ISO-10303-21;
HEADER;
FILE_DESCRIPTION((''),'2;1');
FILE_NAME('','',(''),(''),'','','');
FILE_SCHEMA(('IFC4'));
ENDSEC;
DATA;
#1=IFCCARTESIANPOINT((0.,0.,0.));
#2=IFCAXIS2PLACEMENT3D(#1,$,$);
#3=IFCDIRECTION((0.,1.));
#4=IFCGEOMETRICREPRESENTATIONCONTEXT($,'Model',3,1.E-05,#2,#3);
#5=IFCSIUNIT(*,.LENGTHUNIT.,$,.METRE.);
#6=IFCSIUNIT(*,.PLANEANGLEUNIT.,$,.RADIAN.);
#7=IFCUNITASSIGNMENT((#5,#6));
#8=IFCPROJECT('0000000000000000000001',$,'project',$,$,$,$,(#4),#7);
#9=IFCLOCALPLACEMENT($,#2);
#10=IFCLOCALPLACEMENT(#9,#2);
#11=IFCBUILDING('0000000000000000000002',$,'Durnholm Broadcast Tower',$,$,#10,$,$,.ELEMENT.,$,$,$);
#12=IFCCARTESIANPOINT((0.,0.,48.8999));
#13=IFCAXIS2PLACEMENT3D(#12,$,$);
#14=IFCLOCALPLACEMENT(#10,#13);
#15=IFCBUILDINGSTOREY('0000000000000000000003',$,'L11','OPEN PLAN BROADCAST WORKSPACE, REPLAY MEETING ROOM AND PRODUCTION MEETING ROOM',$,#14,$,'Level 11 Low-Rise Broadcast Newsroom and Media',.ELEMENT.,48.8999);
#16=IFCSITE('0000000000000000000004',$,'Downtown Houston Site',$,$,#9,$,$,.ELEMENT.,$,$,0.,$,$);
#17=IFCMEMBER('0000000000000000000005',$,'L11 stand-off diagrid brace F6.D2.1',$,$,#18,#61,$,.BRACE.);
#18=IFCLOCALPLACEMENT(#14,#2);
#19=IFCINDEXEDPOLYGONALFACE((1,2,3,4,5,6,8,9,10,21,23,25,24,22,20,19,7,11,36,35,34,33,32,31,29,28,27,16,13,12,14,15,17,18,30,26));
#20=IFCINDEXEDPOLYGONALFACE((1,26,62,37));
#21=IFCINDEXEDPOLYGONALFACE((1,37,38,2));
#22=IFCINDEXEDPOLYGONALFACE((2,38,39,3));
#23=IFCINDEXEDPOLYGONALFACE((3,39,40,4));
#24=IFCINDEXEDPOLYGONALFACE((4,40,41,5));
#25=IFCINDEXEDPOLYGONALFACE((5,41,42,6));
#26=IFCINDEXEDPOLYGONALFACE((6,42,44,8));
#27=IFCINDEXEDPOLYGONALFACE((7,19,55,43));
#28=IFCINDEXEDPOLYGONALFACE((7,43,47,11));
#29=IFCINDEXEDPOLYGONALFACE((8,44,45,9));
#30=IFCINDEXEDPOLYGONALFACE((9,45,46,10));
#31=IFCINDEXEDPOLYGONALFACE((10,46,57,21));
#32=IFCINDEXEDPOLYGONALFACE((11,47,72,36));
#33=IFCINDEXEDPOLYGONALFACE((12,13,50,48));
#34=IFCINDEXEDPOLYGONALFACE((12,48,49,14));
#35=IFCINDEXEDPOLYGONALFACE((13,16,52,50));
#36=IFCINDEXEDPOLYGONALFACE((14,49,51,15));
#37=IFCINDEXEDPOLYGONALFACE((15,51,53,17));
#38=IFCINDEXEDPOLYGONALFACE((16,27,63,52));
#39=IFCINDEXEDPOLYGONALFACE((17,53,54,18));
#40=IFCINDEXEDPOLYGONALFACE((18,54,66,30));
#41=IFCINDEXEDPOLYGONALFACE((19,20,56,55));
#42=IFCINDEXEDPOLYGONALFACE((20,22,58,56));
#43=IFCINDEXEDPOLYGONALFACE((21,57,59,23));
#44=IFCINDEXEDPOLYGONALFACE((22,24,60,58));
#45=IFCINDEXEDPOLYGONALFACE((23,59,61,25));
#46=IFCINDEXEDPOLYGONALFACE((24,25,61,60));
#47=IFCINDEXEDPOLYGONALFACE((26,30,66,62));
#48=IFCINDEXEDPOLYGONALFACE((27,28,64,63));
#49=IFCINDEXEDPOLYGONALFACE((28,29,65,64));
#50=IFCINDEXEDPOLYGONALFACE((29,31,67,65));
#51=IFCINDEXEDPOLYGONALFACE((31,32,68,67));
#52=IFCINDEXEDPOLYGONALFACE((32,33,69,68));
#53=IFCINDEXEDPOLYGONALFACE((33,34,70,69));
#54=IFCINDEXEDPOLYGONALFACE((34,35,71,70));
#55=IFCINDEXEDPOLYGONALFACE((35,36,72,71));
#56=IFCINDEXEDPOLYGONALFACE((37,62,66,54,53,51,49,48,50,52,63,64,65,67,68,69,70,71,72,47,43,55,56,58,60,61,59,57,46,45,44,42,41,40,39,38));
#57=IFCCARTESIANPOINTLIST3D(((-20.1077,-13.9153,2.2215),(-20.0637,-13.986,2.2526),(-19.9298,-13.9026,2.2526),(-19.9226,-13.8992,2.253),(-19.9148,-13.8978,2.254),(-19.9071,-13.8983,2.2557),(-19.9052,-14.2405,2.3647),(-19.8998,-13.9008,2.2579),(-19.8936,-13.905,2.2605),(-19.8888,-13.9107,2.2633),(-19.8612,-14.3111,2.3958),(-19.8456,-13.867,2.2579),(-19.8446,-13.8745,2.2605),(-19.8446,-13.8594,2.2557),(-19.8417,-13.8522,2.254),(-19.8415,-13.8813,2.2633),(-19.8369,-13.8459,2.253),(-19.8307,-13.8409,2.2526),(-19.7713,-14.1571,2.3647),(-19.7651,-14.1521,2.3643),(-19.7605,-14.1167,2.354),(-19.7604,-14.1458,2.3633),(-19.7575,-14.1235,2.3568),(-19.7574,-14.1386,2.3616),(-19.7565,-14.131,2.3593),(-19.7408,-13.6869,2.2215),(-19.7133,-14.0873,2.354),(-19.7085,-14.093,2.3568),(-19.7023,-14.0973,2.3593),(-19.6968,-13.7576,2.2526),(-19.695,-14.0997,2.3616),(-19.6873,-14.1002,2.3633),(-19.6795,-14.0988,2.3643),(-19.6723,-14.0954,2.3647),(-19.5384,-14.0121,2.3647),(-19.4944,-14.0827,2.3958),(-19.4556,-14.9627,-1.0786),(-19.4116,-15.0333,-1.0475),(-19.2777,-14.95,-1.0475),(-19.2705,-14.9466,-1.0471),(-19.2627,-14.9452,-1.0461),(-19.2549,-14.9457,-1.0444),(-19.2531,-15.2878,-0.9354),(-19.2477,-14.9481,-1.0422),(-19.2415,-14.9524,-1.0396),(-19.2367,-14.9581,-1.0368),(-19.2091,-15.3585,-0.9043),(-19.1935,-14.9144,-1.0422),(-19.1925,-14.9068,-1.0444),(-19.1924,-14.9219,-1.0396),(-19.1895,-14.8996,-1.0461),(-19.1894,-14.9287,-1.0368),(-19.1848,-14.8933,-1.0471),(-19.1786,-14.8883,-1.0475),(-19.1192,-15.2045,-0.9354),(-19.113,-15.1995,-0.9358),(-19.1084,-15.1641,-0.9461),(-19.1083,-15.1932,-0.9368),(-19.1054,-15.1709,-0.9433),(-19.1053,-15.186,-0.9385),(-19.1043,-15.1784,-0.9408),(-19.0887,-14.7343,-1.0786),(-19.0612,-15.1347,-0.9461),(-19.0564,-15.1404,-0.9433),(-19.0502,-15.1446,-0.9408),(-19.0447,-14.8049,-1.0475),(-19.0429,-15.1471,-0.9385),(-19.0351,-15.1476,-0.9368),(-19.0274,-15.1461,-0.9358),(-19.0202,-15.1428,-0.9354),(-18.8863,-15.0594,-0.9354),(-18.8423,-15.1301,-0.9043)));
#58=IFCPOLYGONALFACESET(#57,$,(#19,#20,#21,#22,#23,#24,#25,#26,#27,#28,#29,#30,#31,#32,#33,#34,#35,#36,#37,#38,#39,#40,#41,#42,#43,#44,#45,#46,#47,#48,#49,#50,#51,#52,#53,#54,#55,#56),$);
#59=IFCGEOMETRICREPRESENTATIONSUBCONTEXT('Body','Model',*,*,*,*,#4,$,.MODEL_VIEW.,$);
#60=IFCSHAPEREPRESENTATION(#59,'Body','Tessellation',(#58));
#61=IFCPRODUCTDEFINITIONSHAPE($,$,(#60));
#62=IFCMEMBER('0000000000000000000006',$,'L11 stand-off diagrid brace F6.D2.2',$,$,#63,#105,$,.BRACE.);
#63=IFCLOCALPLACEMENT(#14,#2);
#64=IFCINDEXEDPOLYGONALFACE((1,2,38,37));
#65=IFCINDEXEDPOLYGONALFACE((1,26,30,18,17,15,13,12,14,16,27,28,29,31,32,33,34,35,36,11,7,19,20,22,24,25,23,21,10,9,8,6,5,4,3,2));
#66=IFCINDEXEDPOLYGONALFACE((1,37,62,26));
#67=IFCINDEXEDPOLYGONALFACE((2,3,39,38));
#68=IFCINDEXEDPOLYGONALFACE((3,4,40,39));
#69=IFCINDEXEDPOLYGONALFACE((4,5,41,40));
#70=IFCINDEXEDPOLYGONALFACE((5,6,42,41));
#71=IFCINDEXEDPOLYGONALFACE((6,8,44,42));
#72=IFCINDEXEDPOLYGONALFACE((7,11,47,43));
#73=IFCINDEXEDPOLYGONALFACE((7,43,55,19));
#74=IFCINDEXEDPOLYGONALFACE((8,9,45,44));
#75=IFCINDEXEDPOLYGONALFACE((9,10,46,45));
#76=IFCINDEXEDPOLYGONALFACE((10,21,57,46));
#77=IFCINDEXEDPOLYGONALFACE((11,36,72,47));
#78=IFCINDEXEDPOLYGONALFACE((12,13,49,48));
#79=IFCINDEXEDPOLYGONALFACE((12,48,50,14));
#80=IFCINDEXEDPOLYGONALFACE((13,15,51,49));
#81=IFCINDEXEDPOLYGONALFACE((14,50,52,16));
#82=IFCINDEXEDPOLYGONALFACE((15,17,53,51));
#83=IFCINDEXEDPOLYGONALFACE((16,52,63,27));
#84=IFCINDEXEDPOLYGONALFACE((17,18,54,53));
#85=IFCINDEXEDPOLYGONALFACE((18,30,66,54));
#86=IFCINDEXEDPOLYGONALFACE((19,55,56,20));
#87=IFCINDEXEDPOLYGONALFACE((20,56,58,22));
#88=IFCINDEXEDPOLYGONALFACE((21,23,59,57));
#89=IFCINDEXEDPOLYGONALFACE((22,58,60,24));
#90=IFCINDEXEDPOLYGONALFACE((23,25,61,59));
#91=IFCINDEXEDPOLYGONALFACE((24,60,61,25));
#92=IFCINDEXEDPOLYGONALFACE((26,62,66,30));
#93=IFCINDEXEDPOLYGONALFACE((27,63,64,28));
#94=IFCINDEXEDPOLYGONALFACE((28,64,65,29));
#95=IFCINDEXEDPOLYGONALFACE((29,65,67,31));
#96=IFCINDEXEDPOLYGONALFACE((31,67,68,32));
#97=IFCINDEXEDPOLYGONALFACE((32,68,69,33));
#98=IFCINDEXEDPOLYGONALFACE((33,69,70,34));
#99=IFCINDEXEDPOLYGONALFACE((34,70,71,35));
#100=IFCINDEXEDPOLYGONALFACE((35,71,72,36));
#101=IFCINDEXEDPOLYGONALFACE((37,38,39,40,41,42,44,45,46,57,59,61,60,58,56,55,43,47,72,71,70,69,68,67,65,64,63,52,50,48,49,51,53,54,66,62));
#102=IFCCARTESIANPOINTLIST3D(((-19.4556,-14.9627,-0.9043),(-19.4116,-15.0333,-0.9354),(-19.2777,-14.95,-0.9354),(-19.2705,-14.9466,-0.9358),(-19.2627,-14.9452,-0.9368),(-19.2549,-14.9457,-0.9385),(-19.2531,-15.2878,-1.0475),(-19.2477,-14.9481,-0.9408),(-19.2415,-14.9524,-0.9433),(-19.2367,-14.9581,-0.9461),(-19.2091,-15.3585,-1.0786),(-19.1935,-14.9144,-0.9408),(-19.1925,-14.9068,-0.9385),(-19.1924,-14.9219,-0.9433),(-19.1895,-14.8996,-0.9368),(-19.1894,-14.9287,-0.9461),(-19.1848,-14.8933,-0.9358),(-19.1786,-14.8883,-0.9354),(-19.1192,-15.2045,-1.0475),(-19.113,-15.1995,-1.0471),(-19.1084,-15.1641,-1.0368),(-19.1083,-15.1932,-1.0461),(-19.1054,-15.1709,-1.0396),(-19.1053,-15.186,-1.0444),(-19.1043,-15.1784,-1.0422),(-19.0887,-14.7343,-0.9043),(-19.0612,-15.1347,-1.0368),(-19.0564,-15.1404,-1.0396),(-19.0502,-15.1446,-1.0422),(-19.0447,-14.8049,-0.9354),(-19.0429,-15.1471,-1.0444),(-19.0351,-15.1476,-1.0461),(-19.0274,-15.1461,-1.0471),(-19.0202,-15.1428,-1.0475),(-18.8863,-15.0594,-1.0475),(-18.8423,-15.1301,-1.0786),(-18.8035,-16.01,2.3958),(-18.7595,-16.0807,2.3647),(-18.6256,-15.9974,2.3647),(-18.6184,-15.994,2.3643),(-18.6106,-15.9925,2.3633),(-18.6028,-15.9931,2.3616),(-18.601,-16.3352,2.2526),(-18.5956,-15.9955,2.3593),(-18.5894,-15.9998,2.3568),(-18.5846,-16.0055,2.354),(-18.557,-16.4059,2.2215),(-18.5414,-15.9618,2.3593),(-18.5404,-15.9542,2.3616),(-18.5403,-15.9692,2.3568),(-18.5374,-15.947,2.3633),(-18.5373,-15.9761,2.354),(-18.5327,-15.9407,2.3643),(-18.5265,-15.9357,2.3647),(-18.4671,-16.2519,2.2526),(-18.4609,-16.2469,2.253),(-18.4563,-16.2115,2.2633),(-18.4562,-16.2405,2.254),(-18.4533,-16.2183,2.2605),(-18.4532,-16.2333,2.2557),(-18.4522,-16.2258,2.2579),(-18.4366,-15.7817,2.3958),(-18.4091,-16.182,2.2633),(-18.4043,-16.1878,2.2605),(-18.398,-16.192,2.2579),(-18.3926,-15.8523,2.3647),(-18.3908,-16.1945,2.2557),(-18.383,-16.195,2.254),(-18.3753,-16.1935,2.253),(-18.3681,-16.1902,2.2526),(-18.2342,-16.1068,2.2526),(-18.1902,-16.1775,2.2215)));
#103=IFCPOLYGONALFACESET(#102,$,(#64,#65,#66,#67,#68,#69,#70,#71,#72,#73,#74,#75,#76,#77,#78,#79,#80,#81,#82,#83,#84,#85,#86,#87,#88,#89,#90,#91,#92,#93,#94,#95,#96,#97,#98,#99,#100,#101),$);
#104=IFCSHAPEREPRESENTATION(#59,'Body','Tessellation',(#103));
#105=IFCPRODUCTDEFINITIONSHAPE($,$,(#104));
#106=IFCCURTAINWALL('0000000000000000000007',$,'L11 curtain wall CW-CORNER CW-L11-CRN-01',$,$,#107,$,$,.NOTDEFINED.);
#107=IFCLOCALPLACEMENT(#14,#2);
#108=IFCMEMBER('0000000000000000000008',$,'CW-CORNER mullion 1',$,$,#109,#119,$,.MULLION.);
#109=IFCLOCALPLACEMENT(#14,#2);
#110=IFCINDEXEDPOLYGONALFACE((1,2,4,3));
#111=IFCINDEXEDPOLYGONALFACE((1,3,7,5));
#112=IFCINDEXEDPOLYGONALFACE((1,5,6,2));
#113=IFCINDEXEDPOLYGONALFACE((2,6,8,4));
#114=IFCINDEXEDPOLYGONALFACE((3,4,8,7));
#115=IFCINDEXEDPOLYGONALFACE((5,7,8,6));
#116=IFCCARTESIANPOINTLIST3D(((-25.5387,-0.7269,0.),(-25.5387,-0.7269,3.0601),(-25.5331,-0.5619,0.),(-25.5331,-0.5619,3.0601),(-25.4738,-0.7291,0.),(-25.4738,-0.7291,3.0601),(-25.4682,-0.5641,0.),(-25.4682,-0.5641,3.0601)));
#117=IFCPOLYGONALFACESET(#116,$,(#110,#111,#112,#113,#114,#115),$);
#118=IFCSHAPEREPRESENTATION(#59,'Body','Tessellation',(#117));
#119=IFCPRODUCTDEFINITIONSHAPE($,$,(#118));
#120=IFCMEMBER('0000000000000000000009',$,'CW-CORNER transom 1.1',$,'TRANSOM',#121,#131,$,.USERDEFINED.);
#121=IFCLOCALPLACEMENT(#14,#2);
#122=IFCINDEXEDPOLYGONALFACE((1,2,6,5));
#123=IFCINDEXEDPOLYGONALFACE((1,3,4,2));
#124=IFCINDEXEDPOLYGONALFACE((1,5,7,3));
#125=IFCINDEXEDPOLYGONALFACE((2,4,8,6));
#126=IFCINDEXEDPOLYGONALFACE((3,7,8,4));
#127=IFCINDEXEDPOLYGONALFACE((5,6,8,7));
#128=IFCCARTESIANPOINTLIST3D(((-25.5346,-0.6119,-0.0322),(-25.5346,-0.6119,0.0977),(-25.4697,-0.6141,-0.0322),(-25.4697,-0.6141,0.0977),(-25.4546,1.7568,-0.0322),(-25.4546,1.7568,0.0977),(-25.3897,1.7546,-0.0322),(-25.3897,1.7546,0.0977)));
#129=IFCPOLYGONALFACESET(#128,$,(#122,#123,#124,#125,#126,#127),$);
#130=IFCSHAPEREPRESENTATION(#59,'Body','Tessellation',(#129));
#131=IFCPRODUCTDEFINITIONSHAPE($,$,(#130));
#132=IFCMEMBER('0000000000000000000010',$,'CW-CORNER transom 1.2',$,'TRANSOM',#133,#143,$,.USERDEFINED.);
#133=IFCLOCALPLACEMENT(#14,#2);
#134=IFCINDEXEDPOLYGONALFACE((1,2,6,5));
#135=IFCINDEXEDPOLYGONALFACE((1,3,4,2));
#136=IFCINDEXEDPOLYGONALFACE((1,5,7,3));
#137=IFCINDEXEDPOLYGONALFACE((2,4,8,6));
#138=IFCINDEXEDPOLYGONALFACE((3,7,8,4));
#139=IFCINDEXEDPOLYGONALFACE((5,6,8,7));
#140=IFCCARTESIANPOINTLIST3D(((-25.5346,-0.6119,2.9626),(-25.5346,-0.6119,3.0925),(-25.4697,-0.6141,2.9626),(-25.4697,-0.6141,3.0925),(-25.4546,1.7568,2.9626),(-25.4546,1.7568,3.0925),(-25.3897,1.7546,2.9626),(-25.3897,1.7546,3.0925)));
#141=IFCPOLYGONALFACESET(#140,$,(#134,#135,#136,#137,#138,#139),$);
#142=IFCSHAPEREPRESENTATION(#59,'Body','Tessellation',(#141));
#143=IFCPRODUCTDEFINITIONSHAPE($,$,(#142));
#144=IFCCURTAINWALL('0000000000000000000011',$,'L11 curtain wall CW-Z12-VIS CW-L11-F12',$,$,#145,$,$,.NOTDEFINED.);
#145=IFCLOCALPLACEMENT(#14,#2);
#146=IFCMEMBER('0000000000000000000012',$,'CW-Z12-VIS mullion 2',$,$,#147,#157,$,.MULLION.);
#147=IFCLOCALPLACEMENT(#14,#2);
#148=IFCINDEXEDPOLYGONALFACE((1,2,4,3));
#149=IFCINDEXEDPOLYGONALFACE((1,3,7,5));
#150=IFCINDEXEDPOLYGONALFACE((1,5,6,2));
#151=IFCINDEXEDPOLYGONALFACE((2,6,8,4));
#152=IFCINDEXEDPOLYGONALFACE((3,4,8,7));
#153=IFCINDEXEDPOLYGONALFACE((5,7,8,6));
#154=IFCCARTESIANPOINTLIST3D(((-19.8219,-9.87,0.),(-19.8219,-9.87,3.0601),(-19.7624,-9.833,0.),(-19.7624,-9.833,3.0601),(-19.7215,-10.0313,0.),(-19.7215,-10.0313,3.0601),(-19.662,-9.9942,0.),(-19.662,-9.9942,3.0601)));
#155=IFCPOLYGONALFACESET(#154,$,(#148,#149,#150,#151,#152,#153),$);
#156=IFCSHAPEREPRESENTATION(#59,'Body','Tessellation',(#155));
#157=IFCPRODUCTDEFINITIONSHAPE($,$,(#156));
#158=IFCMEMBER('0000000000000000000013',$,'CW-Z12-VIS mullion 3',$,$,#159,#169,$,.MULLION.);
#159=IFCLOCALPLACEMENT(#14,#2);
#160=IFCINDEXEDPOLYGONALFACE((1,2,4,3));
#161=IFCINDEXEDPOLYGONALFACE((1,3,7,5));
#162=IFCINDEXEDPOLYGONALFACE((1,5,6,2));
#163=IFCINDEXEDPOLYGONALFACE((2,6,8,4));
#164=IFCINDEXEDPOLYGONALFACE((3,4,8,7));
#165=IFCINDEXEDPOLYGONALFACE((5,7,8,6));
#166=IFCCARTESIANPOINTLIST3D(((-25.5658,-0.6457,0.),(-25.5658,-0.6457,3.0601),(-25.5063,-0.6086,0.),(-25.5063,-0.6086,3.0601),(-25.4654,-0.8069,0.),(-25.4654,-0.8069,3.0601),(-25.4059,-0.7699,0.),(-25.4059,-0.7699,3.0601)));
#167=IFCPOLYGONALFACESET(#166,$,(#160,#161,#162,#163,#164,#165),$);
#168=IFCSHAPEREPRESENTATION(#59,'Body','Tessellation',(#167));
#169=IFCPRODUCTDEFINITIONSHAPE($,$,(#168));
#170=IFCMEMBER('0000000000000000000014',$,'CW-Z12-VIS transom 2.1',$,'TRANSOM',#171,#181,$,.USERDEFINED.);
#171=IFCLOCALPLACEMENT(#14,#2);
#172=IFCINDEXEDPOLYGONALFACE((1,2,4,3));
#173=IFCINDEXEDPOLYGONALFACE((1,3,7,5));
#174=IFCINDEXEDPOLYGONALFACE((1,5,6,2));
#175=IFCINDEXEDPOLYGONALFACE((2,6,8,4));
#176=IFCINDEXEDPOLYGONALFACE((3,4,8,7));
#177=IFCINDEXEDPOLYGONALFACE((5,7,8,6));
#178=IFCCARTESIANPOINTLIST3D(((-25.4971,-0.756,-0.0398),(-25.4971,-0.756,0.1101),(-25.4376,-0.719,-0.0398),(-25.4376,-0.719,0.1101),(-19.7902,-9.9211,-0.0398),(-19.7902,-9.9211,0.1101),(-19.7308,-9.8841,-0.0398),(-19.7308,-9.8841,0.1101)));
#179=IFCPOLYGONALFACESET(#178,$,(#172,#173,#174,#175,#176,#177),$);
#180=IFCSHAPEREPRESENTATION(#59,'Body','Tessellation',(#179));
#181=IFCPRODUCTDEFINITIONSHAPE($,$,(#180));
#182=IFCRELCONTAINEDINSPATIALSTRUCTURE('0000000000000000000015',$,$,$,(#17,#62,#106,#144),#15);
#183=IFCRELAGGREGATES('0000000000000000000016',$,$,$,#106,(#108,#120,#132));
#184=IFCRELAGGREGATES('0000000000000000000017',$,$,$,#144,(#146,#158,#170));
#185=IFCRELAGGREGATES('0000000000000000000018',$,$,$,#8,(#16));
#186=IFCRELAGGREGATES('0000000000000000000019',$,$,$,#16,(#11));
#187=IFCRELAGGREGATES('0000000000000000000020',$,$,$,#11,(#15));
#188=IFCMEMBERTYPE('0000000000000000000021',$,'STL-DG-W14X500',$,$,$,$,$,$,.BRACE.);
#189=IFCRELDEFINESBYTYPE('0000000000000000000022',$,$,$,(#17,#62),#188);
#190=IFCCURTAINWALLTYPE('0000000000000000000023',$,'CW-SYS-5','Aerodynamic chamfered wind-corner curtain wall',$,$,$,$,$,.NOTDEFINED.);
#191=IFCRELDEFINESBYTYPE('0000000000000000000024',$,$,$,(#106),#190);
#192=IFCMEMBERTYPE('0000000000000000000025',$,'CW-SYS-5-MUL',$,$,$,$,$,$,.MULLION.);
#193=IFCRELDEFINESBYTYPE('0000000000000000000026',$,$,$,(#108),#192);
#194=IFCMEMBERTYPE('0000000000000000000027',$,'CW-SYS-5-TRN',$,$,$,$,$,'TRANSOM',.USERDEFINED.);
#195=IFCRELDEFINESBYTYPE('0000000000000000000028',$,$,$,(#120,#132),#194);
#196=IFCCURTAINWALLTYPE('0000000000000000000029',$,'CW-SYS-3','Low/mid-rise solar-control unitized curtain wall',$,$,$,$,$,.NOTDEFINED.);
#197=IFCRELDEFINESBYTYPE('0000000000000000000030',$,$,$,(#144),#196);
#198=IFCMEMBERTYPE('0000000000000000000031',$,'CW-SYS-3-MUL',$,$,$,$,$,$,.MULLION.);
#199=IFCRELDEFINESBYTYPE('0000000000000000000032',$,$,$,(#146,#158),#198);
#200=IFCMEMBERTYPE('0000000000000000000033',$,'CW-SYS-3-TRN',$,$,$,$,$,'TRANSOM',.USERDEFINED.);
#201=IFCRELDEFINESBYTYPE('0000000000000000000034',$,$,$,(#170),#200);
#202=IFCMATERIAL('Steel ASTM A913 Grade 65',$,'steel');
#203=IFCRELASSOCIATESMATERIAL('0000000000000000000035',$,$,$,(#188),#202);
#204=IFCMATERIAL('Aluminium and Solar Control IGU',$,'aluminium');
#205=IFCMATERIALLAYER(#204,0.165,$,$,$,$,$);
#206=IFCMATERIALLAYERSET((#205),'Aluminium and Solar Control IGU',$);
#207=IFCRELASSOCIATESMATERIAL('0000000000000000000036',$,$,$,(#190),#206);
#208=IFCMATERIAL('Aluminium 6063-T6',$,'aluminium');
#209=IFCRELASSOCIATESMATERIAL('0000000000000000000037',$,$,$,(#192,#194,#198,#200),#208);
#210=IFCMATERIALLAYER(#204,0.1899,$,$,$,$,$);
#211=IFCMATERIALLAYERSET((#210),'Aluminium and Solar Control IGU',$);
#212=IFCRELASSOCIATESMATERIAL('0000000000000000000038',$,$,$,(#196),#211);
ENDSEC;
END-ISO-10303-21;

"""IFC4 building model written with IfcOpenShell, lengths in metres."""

from ifc_helpers import new_model, si_unit, direction, frame, origin, origin_2d, place, context, subcontext, project, spatial, rectangle, i_section, extrude, source, transform, mapped, material, layer, layer_set, material_profile, profile_set, type_object, type_shapes, element, aggregate, save


model = new_model("IFC4")

# Units and contexts
model_context = context("Model", 3, precision=1e-05, world=origin(), true_north=direction((0.0, 1.0)))
body_context = subcontext(model_context, "Body", "Model", "MODEL_VIEW")
ifc_project = project(units=[si_unit("LENGTHUNIT", "METRE"), si_unit("PLANEANGLEUNIT", "RADIAN")], contexts=[model_context])

# Site, building, storey
site_placement = place(None, origin())
site = spatial("IfcSite", under=ifc_project, at=site_placement, Name="Downtown Houston Site", CompositionType="ELEMENT", RefElevation=0.0)
building_placement = place(site_placement, origin())
building = spatial("IfcBuilding", under=site, at=building_placement, Name="Durnholm Broadcast Tower", CompositionType="ELEMENT")
storey_placement = place(building_placement, frame((0.0, 0.0, 48.8999)))
storey = spatial("IfcBuildingStorey", under=building, at=storey_placement, Name="L11", Description="OPEN PLAN BROADCAST WORKSPACE, REPLAY MEETING ROOM AND PRODUCTION MEETING ROOM", LongName="Level 11 Low-Rise Broadcast Newsroom and Media", CompositionType="ELEMENT", Elevation=48.8999)

# Members
ifc_material_1 = material(Name="Steel ASTM A913 Grade 65", Category="steel")
ifc_material_profile_1 = material_profile(ifc_material_1, i_section(OverallWidth=0.4321, OverallDepth=0.4978, WebThickness=0.0557, FlangeThickness=0.0889, FilletRadius=0.0305, at=origin_2d()), Name="W14X500")
ifc_profile_set_1 = profile_set([ifc_material_profile_1], Name="Steel ASTM A913 Grade 65")
member_type_1 = type_object("IfcMemberType", Name="STL-DG-W14X500", PredefinedType="BRACE", material=ifc_profile_set_1)
shared_shape_1 = source(origin(), body_context, "Body", "SweptSolid", [
    extrude(i_section(OverallWidth=0.4321, OverallDepth=0.4978, WebThickness=0.0557, FlangeThickness=0.0889, FilletRadius=0.0305, at=origin_2d()), origin(), (0.0, 0.0, 1.0), 3.5232),
])
type_shapes(member_type_1, [shared_shape_1])
for number, where, z_axis, x_axis, name in (
    (1, (-19.1489, -15.0464, -0.9915), (-0.18509, 0.297281, 0.936678), (-0.848909, -0.52854, 0.0), "L11 stand-off diagrid brace F6.D2.1"),
    (2, (-19.1489, -15.0464, -0.9915), (0.18509, -0.297281, 0.936678), (0.848909, 0.52854, 0.0), "L11 stand-off diagrid brace F6.D2.2"),
):
    element("IfcMember", number, at=place(storey_placement, frame(where, z_axis=z_axis, x_axis=x_axis)), inside=storey, type_object=member_type_1, Name=name, PredefinedType="BRACE", context=body_context, shape_type="MappedRepresentation", body=[
        mapped(shared_shape_1, transform((0.0, 0.0, 0.0), x_axis=(1.0, 0.0, 0.0), y_axis=(0.0, 1.0, 0.0), z_axis=(0.0, 0.0, 1.0), scale=1.0)),
    ])

# Curtain wall, members
ifc_material_2 = material(Name="Aluminium and Solar Control IGU", Category="aluminium")
ifc_layer_1 = layer(ifc_material_2, 0.165)
ifc_layer_set_1 = layer_set([ifc_layer_1], Name="Aluminium and Solar Control IGU")
curtain_wall_type_1 = type_object("IfcCurtainWallType", Name="CW-SYS-5", Description="Aerodynamic chamfered wind-corner curtain wall", PredefinedType="NOTDEFINED", material=ifc_layer_set_1)
curtain_wall_1_placement = place(storey_placement, origin())
curtain_wall_1 = element("IfcCurtainWall", 3, at=curtain_wall_1_placement, inside=storey, type_object=curtain_wall_type_1, Name="L11 curtain wall CW-CORNER CW-L11-CRN-01", PredefinedType="NOTDEFINED")
ifc_material_3 = material(Name="Aluminium 6063-T6", Category="aluminium")
ifc_material_profile_2 = material_profile(ifc_material_3, rectangle(XDim=0.0649, YDim=0.165, at=origin_2d()), Name="CWM65X165")
ifc_profile_set_2 = profile_set([ifc_material_profile_2], Name="Aluminium 6063-T6")
member_type_2 = type_object("IfcMemberType", Name="CW-SYS-5-MUL", PredefinedType="MULLION", material=ifc_profile_set_2)
shared_shape_2 = source(origin(), body_context, "Body", "SweptSolid", [
    extrude(rectangle(XDim=0.0649, YDim=0.165, at=origin_2d()), origin(), (0.0, 0.0, 1.0), 3.0601),
])
type_shapes(member_type_2, [shared_shape_2])
member_1_placement = place(storey_placement, frame((-25.5034, -0.6455, 0.0), z_axis=(0.0, 0.0, 1.0), x_axis=(-0.999427, 0.03384, 0.0)))
member_1 = element("IfcMember", 4, at=member_1_placement, type_object=member_type_2, Name="CW-CORNER mullion 1", PredefinedType="MULLION", context=body_context, shape_type="MappedRepresentation", body=[
    mapped(shared_shape_2, transform((0.0, 0.0, 0.0), x_axis=(1.0, 0.0, 0.0), y_axis=(0.0, 1.0, 0.0), z_axis=(0.0, 0.0, 1.0), scale=1.0)),
])
ifc_material_profile_3 = material_profile(ifc_material_3, rectangle(XDim=0.0649, YDim=0.1299, at=origin_2d()), Name="CWT65X130")
ifc_profile_set_3 = profile_set([ifc_material_profile_3], Name="Aluminium 6063-T6")
member_type_3 = type_object("IfcMemberType", Name="CW-SYS-5-TRN", ElementType="TRANSOM", PredefinedType="USERDEFINED", material=ifc_profile_set_3)
shared_shape_3 = source(origin(), body_context, "Body", "SweptSolid", [
    extrude(rectangle(XDim=0.0649, YDim=0.1299, at=origin_2d()), origin(), (0.0, 0.0, 1.0), 2.3701),
])
type_shapes(member_type_3, [shared_shape_3])
member_2_placement = place(storey_placement, frame((-25.5022, -0.613, 0.0327), z_axis=(0.033788, 0.999429, 0.0), x_axis=(-0.999429, 0.033788, 0.0)))
member_2 = element("IfcMember", 5, at=member_2_placement, type_object=member_type_3, Name="CW-CORNER transom 1.1", ObjectType="TRANSOM", PredefinedType="USERDEFINED", context=body_context, shape_type="MappedRepresentation", body=[
    mapped(shared_shape_3, transform((0.0, 0.0, 0.0), x_axis=(1.0, 0.0, 0.0), y_axis=(0.0, 1.0, 0.0), z_axis=(0.0, 0.0, 1.0), scale=1.0)),
])
member_3_placement = place(storey_placement, frame((-25.5022, -0.613, 3.0276), z_axis=(0.033788, 0.999429, 0.0), x_axis=(-0.999429, 0.033788, 0.0)))
member_3 = element("IfcMember", 6, at=member_3_placement, type_object=member_type_3, Name="CW-CORNER transom 1.2", ObjectType="TRANSOM", PredefinedType="USERDEFINED", context=body_context, shape_type="MappedRepresentation", body=[
    mapped(shared_shape_3, transform((0.0, 0.0, 0.0), x_axis=(1.0, 0.0, 0.0), y_axis=(0.0, 1.0, 0.0), z_axis=(0.0, 0.0, 1.0), scale=1.0)),
])
aggregate(curtain_wall_1, [member_1, member_2, member_3])

# Curtain wall, members
ifc_layer_2 = layer(ifc_material_2, 0.1899)
ifc_layer_set_2 = layer_set([ifc_layer_2], Name="Aluminium and Solar Control IGU")
curtain_wall_type_2 = type_object("IfcCurtainWallType", Name="CW-SYS-3", Description="Low/mid-rise solar-control unitized curtain wall", PredefinedType="NOTDEFINED", material=ifc_layer_set_2)
curtain_wall_2_placement = place(storey_placement, origin())
curtain_wall_2 = element("IfcCurtainWall", 7, at=curtain_wall_2_placement, inside=storey, type_object=curtain_wall_type_2, Name="L11 curtain wall CW-Z12-VIS CW-L11-F12", PredefinedType="NOTDEFINED")
ifc_material_profile_4 = material_profile(ifc_material_3, rectangle(XDim=0.0701, YDim=0.1899, at=origin_2d()), Name="CWM70X190")
ifc_profile_set_4 = profile_set([ifc_material_profile_4], Name="Aluminium 6063-T6")
member_type_4 = type_object("IfcMemberType", Name="CW-SYS-3-MUL", PredefinedType="MULLION", material=ifc_profile_set_4)
shared_shape_4 = source(origin(), body_context, "Body", "SweptSolid", [
    extrude(rectangle(XDim=0.0701, YDim=0.1899, at=origin_2d()), origin(), (0.0, 0.0, 1.0), 3.0601),
])
type_shapes(member_type_4, [shared_shape_4])
member_4_placement = place(storey_placement, frame((-19.7419, -9.9321, 0.0), z_axis=(0.0, 0.0, 1.0), x_axis=(-0.848876, -0.528592, 0.0)))
member_4 = element("IfcMember", 8, at=member_4_placement, type_object=member_type_4, Name="CW-Z12-VIS mullion 2", PredefinedType="MULLION", context=body_context, shape_type="MappedRepresentation", body=[
    mapped(shared_shape_4, transform((0.0, 0.0, 0.0), x_axis=(1.0, 0.0, 0.0), y_axis=(0.0, 1.0, 0.0), z_axis=(0.0, 0.0, 1.0), scale=1.0)),
])
member_5_placement = place(storey_placement, frame((-25.4858, -0.7078, 0.0), z_axis=(0.0, 0.0, 1.0), x_axis=(-0.848876, -0.528592, 0.0)))
member_5 = element("IfcMember", 9, at=member_5_placement, type_object=member_type_4, Name="CW-Z12-VIS mullion 3", PredefinedType="MULLION", context=body_context, shape_type="MappedRepresentation", body=[
    mapped(shared_shape_4, transform((0.0, 0.0, 0.0), x_axis=(1.0, 0.0, 0.0), y_axis=(0.0, 1.0, 0.0), z_axis=(0.0, 0.0, 1.0), scale=1.0)),
])
ifc_material_profile_5 = material_profile(ifc_material_3, rectangle(XDim=0.0701, YDim=0.1499, at=origin_2d()), Name="CWT70X150")
ifc_profile_set_5 = profile_set([ifc_material_profile_5], Name="Aluminium 6063-T6")
member_type_5 = type_object("IfcMemberType", Name="CW-SYS-3-TRN", ElementType="TRANSOM", PredefinedType="USERDEFINED", material=ifc_profile_set_5)
shared_shape_5 = source(origin(), body_context, "Body", "SweptSolid", [
    extrude(rectangle(XDim=0.0701, YDim=0.1499, at=origin_2d()), origin(), (0.0, 0.0, 1.0), 10.7966),
])
type_shapes(member_type_5, [shared_shape_5])
member_6_placement = place(storey_placement, frame((-19.7605, -9.9026, 0.0352), z_axis=(-0.528575, 0.848886, 0.0), x_axis=(-0.848886, -0.528575, 0.0)))
member_6 = element("IfcMember", 10, at=member_6_placement, type_object=member_type_5, Name="CW-Z12-VIS transom 2.1", ObjectType="TRANSOM", PredefinedType="USERDEFINED", context=body_context, shape_type="MappedRepresentation", body=[
    mapped(shared_shape_5, transform((0.0, 0.0, 0.0), x_axis=(1.0, 0.0, 0.0), y_axis=(0.0, 1.0, 0.0), z_axis=(0.0, 0.0, 1.0), scale=1.0)),
])
aggregate(curtain_wall_2, [member_4, member_5, member_6])

save(model, "model.ifc")
